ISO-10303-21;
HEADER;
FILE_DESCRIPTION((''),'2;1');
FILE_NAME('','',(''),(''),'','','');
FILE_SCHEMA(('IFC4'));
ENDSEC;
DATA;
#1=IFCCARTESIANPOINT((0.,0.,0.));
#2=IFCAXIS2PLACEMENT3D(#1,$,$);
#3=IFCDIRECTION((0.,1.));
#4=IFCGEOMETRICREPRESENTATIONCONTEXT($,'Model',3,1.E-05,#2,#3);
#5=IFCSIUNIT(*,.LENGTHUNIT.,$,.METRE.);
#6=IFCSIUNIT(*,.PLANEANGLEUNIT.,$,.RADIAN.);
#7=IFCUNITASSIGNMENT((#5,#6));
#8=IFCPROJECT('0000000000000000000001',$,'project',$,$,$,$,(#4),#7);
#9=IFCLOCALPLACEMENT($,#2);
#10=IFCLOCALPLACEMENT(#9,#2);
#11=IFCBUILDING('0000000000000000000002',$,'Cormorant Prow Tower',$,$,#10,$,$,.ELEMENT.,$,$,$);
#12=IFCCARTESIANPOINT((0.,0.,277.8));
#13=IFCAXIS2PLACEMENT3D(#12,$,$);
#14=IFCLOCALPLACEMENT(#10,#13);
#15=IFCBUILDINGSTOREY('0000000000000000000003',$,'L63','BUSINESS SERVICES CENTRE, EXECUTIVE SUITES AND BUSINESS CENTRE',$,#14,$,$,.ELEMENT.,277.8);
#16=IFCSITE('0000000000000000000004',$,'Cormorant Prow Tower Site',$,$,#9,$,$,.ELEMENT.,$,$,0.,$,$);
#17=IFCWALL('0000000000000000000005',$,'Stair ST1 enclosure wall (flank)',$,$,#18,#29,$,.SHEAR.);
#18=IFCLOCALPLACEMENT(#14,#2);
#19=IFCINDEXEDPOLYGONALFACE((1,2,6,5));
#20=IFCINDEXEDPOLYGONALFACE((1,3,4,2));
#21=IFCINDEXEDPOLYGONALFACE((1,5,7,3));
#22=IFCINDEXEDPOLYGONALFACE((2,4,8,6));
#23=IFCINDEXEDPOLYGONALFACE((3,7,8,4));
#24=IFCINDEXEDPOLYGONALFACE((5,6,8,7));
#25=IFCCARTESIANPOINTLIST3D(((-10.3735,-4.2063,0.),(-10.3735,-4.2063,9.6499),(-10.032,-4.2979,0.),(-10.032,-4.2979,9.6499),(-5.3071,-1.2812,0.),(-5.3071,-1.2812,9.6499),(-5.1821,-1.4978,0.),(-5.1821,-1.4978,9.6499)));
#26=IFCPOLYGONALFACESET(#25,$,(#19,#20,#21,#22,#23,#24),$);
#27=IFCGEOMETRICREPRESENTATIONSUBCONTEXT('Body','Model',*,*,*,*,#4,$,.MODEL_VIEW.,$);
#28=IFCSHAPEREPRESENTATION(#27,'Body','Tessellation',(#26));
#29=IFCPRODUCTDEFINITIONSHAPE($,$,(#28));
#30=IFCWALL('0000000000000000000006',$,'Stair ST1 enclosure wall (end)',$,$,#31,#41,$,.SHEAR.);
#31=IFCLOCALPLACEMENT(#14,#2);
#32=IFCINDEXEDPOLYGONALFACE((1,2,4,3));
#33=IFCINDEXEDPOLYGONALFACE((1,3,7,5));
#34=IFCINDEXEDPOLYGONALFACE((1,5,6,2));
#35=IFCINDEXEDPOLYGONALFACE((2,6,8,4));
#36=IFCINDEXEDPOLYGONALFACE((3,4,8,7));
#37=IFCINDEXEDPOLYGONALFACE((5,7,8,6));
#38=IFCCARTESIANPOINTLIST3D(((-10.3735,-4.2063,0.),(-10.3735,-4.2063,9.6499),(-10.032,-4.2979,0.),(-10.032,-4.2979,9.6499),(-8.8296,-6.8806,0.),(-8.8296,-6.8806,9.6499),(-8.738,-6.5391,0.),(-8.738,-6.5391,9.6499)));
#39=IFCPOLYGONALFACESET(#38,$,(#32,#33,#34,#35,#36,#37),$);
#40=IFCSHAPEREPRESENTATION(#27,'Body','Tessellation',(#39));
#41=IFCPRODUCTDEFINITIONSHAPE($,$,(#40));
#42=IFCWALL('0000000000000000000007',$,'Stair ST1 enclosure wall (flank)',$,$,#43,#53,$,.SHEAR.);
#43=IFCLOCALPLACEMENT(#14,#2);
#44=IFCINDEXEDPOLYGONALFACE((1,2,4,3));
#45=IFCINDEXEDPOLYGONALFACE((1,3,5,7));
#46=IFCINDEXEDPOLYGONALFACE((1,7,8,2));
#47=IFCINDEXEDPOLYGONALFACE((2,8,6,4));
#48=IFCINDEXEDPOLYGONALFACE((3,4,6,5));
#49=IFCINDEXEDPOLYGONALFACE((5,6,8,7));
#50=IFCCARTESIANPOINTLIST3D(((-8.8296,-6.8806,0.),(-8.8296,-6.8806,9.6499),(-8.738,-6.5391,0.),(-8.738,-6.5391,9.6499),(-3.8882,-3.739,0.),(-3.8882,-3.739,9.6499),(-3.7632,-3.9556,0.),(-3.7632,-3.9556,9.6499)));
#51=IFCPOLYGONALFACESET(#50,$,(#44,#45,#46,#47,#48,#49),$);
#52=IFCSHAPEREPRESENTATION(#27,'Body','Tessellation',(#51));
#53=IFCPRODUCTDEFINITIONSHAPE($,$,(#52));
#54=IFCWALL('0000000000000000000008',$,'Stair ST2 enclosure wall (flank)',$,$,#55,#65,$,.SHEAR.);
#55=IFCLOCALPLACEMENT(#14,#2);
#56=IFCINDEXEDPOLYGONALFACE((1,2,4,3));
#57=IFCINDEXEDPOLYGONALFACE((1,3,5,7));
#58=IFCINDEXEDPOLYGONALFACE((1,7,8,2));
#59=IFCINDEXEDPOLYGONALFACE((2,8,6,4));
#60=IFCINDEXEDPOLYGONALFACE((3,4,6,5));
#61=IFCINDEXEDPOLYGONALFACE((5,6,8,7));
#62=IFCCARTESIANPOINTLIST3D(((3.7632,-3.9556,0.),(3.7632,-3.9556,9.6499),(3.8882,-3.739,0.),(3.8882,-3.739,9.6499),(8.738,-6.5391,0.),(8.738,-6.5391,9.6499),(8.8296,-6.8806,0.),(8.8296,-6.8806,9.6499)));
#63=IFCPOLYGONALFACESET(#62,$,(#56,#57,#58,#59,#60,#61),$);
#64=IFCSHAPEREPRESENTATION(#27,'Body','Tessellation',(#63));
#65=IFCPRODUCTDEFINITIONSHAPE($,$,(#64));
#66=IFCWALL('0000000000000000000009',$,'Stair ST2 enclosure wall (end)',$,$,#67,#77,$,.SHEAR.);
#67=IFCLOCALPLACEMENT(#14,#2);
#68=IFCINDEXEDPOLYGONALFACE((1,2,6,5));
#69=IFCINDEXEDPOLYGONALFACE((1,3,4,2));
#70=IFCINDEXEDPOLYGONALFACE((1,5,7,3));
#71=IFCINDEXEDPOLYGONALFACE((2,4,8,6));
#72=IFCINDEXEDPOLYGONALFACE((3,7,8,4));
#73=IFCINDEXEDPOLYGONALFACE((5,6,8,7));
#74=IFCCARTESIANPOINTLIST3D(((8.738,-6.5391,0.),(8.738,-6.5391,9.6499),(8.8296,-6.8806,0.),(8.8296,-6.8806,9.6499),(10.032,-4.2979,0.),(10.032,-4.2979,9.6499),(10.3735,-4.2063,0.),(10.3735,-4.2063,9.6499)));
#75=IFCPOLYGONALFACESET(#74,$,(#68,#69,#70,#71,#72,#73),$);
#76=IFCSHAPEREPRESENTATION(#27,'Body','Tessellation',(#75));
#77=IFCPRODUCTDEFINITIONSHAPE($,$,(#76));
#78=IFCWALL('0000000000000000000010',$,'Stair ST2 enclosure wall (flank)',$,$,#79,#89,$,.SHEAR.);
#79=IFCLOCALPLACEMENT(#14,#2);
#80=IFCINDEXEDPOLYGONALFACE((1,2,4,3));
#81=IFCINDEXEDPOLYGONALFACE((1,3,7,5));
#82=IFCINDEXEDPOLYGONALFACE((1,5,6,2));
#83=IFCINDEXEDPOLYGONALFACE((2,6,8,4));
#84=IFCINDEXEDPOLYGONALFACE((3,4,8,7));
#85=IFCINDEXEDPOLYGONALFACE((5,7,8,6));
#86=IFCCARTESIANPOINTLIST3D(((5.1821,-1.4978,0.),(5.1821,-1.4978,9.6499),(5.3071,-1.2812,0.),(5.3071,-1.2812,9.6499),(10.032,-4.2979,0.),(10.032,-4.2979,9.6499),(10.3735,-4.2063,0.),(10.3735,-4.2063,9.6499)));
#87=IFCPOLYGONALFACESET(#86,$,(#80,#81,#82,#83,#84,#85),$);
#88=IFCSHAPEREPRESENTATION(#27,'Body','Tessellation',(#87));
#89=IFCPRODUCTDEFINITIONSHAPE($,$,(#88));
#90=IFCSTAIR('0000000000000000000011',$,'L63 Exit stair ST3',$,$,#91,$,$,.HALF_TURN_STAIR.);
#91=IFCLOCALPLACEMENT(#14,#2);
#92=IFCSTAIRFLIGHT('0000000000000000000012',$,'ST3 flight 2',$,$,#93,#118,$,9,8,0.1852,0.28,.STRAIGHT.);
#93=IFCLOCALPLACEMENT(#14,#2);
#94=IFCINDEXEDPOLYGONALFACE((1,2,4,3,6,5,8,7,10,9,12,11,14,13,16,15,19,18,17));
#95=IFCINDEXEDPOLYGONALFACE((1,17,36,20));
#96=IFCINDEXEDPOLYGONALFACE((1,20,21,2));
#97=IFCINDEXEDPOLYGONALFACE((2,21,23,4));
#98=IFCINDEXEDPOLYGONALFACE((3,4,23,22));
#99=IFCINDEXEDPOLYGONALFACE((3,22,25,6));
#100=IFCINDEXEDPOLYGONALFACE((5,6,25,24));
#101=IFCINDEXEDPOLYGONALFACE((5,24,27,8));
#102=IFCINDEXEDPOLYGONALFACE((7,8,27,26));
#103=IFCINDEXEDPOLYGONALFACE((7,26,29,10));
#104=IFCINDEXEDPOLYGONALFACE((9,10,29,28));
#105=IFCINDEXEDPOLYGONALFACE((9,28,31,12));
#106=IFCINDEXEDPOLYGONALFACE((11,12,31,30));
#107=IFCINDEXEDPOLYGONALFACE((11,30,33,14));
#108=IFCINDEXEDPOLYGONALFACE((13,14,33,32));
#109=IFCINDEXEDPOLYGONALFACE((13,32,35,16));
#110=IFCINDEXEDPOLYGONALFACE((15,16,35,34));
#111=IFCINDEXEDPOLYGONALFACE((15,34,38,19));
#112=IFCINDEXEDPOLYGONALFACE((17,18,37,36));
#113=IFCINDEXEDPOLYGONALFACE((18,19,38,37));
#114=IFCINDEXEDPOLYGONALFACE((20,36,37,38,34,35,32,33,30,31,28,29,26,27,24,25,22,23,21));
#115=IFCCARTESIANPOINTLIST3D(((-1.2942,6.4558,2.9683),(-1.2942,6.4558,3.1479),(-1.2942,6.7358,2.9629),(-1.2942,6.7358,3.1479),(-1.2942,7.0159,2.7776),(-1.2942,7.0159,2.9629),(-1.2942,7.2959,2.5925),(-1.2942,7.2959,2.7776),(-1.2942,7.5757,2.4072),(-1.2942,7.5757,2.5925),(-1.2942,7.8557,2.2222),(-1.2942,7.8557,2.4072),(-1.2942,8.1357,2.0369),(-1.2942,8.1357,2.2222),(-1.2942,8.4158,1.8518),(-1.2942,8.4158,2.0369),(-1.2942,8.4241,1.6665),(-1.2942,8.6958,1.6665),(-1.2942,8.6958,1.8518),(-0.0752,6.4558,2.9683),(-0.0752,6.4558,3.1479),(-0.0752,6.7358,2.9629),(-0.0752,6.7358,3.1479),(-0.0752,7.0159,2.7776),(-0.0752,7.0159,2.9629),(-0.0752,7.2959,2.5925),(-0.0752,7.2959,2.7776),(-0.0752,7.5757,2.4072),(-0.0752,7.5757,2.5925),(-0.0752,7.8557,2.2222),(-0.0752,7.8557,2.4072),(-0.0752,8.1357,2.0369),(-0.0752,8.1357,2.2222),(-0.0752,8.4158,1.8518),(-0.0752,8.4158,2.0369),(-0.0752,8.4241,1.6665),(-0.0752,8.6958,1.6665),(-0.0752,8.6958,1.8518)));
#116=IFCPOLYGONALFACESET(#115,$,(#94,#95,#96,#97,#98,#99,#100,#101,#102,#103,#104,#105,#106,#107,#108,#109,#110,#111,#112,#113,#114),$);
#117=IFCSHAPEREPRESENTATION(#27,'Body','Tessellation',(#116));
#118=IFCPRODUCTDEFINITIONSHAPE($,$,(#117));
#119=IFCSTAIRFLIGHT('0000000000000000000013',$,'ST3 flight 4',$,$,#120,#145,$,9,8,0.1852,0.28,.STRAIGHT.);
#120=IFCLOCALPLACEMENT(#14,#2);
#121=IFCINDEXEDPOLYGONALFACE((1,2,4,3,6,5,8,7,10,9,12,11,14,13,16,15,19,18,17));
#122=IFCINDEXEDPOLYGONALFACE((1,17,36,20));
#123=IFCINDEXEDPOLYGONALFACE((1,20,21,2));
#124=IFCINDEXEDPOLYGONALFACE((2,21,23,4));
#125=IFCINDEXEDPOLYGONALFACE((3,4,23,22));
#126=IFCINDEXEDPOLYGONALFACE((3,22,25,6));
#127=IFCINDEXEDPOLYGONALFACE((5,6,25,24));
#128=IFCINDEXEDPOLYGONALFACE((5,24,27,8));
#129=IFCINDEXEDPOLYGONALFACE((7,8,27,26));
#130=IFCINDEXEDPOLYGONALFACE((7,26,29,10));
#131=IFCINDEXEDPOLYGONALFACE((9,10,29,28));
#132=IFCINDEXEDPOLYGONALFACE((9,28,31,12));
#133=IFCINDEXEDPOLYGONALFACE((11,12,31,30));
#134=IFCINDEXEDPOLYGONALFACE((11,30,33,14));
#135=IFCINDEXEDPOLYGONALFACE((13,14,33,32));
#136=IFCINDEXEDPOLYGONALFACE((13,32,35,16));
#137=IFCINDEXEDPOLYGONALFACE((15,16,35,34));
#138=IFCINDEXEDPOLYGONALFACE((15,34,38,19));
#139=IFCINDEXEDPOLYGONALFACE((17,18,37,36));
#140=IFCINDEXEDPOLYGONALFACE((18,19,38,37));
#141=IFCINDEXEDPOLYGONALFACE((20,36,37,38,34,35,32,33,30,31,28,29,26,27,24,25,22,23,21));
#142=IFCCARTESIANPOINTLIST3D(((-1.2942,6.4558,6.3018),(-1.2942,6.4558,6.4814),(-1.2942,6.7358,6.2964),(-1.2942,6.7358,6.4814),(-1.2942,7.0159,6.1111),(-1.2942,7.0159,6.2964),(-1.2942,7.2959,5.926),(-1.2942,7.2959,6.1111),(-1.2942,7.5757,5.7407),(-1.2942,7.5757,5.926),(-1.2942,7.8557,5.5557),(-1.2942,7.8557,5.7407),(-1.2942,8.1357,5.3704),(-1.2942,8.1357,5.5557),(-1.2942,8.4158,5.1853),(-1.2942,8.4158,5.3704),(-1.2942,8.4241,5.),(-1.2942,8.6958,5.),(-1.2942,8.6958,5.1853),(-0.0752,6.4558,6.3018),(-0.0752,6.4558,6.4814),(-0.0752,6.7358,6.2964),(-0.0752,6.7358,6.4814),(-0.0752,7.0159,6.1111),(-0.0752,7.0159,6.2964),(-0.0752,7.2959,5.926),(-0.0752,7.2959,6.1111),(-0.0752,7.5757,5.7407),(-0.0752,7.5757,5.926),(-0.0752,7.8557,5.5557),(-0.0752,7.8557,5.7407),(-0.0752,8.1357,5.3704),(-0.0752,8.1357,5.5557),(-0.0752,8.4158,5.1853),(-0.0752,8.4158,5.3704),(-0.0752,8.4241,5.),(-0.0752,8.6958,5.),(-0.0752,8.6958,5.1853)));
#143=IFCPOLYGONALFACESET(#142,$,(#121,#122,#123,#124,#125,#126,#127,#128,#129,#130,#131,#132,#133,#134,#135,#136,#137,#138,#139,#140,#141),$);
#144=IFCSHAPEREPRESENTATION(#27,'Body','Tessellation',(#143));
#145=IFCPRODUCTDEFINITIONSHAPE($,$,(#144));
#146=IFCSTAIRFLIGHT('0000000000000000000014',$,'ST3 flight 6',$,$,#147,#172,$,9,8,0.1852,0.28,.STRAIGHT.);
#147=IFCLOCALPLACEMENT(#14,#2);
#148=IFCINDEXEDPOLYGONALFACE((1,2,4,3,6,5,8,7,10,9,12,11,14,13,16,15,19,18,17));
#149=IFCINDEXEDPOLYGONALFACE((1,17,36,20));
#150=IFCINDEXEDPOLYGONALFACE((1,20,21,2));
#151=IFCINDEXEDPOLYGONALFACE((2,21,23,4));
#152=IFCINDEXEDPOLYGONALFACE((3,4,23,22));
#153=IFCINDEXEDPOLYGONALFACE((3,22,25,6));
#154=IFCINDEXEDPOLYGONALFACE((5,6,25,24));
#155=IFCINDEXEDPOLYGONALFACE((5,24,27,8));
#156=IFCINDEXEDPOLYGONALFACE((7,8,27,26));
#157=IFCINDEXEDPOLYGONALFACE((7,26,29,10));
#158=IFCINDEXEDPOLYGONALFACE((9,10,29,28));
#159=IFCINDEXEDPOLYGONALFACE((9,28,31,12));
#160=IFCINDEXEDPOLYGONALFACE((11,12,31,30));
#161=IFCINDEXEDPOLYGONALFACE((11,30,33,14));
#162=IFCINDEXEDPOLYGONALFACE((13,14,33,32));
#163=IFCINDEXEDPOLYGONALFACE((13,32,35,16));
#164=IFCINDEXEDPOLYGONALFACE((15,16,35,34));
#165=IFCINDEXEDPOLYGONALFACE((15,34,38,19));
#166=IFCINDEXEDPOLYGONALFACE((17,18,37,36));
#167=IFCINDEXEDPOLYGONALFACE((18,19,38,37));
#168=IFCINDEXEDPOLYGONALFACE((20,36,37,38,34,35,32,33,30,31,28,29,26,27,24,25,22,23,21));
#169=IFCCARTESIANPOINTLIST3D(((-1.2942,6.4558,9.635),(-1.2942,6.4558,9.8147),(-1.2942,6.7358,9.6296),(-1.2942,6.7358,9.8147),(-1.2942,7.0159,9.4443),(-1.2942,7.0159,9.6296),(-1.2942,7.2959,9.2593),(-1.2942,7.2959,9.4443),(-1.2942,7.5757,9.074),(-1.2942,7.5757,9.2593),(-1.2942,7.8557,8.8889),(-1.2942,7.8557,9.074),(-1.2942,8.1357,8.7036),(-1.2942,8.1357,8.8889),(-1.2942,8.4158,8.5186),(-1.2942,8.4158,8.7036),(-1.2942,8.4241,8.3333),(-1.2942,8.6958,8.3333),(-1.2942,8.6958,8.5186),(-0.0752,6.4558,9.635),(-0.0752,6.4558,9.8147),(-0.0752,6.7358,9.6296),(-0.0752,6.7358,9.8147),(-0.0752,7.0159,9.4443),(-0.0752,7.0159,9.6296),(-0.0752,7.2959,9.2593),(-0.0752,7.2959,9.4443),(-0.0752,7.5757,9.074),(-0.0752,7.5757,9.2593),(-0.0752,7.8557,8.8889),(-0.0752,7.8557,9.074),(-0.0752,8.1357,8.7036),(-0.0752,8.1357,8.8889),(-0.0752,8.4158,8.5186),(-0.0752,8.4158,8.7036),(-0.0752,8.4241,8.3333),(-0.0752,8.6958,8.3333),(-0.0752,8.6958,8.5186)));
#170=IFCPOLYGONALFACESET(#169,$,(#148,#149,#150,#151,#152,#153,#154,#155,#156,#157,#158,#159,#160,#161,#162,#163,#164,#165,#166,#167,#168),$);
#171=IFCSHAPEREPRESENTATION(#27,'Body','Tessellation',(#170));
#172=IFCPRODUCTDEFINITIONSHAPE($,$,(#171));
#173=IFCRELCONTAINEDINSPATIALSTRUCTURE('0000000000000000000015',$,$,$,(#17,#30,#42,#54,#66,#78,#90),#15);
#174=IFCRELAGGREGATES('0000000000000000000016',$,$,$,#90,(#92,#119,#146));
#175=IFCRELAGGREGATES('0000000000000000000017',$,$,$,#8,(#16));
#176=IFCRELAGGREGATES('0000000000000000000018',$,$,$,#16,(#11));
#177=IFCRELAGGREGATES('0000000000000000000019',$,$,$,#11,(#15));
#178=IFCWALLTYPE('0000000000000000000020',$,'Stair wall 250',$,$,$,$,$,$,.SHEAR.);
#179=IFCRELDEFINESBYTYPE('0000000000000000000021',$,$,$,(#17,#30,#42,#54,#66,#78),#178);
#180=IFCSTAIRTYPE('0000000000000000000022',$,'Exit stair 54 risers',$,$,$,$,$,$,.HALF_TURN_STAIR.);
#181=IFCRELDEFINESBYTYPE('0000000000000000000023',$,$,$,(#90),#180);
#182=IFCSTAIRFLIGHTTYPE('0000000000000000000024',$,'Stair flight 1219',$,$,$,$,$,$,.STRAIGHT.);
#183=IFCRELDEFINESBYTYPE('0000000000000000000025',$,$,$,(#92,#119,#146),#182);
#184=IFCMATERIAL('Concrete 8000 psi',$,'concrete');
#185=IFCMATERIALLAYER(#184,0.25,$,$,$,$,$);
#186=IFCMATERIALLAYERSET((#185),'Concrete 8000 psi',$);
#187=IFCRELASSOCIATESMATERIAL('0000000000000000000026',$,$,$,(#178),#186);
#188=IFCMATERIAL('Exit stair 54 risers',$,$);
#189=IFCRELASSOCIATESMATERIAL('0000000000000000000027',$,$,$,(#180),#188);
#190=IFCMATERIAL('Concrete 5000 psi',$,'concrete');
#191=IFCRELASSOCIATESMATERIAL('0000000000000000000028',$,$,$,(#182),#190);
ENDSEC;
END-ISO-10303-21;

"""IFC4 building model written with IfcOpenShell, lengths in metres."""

from ifc_helpers import new_model, si_unit, direction, frame, origin, place, context, subcontext, project, spatial, polyline, outline, extrude, material, layer, layer_set, type_object, element, aggregate, save


model = new_model("IFC4")

# Units and contexts
model_context = context("Model", 3, precision=1e-05, world=origin(), true_north=direction((0.0, 1.0)))
body_context = subcontext(model_context, "Body", "Model", "MODEL_VIEW")
ifc_project = project(units=[si_unit("LENGTHUNIT", "METRE"), si_unit("PLANEANGLEUNIT", "RADIAN")], contexts=[model_context])

# Site, building, storey
site_placement = place(None, origin())
site = spatial("IfcSite", under=ifc_project, at=site_placement, Name="Cormorant Prow Tower Site", CompositionType="ELEMENT", RefElevation=0.0)
building_placement = place(site_placement, origin())
building = spatial("IfcBuilding", under=site, at=building_placement, Name="Cormorant Prow Tower", CompositionType="ELEMENT")
storey_placement = place(building_placement, frame((0.0, 0.0, 277.8)))
storey = spatial("IfcBuildingStorey", under=building, at=storey_placement, Name="L63", Description="BUSINESS SERVICES CENTRE, EXECUTIVE SUITES AND BUSINESS CENTRE", CompositionType="ELEMENT", Elevation=277.8)

# Walls
ifc_material_1 = material(Name="Concrete 8000 psi", Category="concrete")
ifc_layer_1 = layer(ifc_material_1, 0.25)
ifc_layer_set_1 = layer_set([ifc_layer_1], Name="Concrete 8000 psi")
wall_type_1 = type_object("IfcWallType", Name="Stair wall 250", PredefinedType="SHEAR", material=ifc_layer_set_1)
wall_1_placement = place(storey_placement, origin())
element("IfcWall", 1, at=wall_1_placement, inside=storey, type_object=wall_type_1, Name="Stair ST1 enclosure wall (flank)", PredefinedType="SHEAR", context=body_context, shape_type="SweptSolid", body=[
    extrude(outline(polyline([(-5.3071, -1.2812), (-10.3735, -4.2063), (-10.032, -4.2979), (-5.1821, -1.4978), (-5.3071, -1.2812)])), origin(), (0.0, 0.0, 1.0), 9.6499),
])
wall_2_placement = place(storey_placement, origin())
element("IfcWall", 2, at=wall_2_placement, inside=storey, type_object=wall_type_1, Name="Stair ST1 enclosure wall (end)", PredefinedType="SHEAR", context=body_context, shape_type="SweptSolid", body=[
    extrude(outline(polyline([(-10.3735, -4.2063), (-8.8296, -6.8806), (-8.738, -6.5391), (-10.032, -4.2979), (-10.3735, -4.2063)])), origin(), (0.0, 0.0, 1.0), 9.6499),
])
wall_3_placement = place(storey_placement, origin())
element("IfcWall", 3, at=wall_3_placement, inside=storey, type_object=wall_type_1, Name="Stair ST1 enclosure wall (flank)", PredefinedType="SHEAR", context=body_context, shape_type="SweptSolid", body=[
    extrude(outline(polyline([(-8.738, -6.5391), (-8.8296, -6.8806), (-3.7632, -3.9556), (-3.8882, -3.739), (-8.738, -6.5391)])), origin(), (0.0, 0.0, 1.0), 9.6499),
])
wall_4_placement = place(storey_placement, origin())
element("IfcWall", 4, at=wall_4_placement, inside=storey, type_object=wall_type_1, Name="Stair ST2 enclosure wall (flank)", PredefinedType="SHEAR", context=body_context, shape_type="SweptSolid", body=[
    extrude(outline(polyline([(3.7632, -3.9556), (8.8296, -6.8806), (8.738, -6.5391), (3.8882, -3.739), (3.7632, -3.9556)])), origin(), (0.0, 0.0, 1.0), 9.6499),
])
wall_5_placement = place(storey_placement, origin())
element("IfcWall", 5, at=wall_5_placement, inside=storey, type_object=wall_type_1, Name="Stair ST2 enclosure wall (end)", PredefinedType="SHEAR", context=body_context, shape_type="SweptSolid", body=[
    extrude(outline(polyline([(8.8296, -6.8806), (10.3735, -4.2063), (10.032, -4.2979), (8.738, -6.5391), (8.8296, -6.8806)])), origin(), (0.0, 0.0, 1.0), 9.6499),
])
wall_6_placement = place(storey_placement, origin())
element("IfcWall", 6, at=wall_6_placement, inside=storey, type_object=wall_type_1, Name="Stair ST2 enclosure wall (flank)", PredefinedType="SHEAR", context=body_context, shape_type="SweptSolid", body=[
    extrude(outline(polyline([(10.032, -4.2979), (10.3735, -4.2063), (5.3071, -1.2812), (5.1821, -1.4978), (10.032, -4.2979)])), origin(), (0.0, 0.0, 1.0), 9.6499),
])

# Stair, stair flights
ifc_material_2 = material(Name="Exit stair 54 risers")
stair_type = type_object("IfcStairType", Name="Exit stair 54 risers", PredefinedType="HALF_TURN_STAIR", material=ifc_material_2)
stair_placement = place(storey_placement, origin())
stair = element("IfcStair", 7, at=stair_placement, inside=storey, type_object=stair_type, Name="L63 Exit stair ST3", PredefinedType="HALF_TURN_STAIR")
ifc_material_3 = material(Name="Concrete 5000 psi", Category="concrete")
stair_flight_type = type_object("IfcStairFlightType", Name="Stair flight 1219", PredefinedType="STRAIGHT", material=ifc_material_3)
stair_flight_1_placement = place(storey_placement, frame((-0.6846, 8.6958, 1.6665), z_axis=(0.0, 0.0, 1.0), x_axis=(0.0, -1.0, 0.0)))
stair_flight_1 = element("IfcStairFlight", 8, at=stair_flight_1_placement, type_object=stair_flight_type, Name="ST3 flight 2", NumberOfRisers=9, NumberOfTreads=8, PredefinedType="STRAIGHT", RiserHeight=0.1852, TreadLength=0.28, context=body_context, shape_type="SweptSolid", body=[
    extrude(outline(polyline([(0.0, 0.0), (0.0, 0.1853), (0.28, 0.1853), (0.28, 0.3704), (0.5601, 0.3704), (0.5601, 0.5557), (0.8401, 0.5557), (0.8401, 0.7407), (1.1201, 0.7407), (1.1201, 0.926), (1.3999, 0.926), (1.3999, 1.1111), (1.6799, 1.1111), (1.6799, 1.2964), (1.96, 1.2964), (1.96, 1.4814), (2.24, 1.4814), (2.24, 1.6667), (2.24, 1.3018), (0.2717, 0.0), (0.0, 0.0)])), frame((0.0, 0.6094, 0.0), z_axis=(0.0, -1.0, 0.0), x_axis=(1.0, 0.0, 0.0)), (0.0, 0.0, 1.0), 1.219),
])
stair_flight_2_placement = place(storey_placement, frame((-0.6846, 8.6958, 5.0), z_axis=(0.0, 0.0, 1.0), x_axis=(0.0, -1.0, 0.0)))
stair_flight_2 = element("IfcStairFlight", 9, at=stair_flight_2_placement, type_object=stair_flight_type, Name="ST3 flight 4", NumberOfRisers=9, NumberOfTreads=8, PredefinedType="STRAIGHT", RiserHeight=0.1852, TreadLength=0.28, context=body_context, shape_type="SweptSolid", body=[
    extrude(outline(polyline([(0.0, 0.0), (0.0, 0.1853), (0.28, 0.1853), (0.28, 0.3704), (0.5601, 0.3704), (0.5601, 0.5557), (0.8401, 0.5557), (0.8401, 0.7407), (1.1201, 0.7407), (1.1201, 0.926), (1.3999, 0.926), (1.3999, 1.1111), (1.6799, 1.1111), (1.6799, 1.2964), (1.96, 1.2964), (1.96, 1.4814), (2.24, 1.4814), (2.24, 1.6667), (2.24, 1.3018), (0.2717, 0.0), (0.0, 0.0)])), frame((0.0, 0.6094, 0.0), z_axis=(0.0, -1.0, 0.0), x_axis=(1.0, 0.0, 0.0)), (0.0, 0.0, 1.0), 1.219),
])
stair_flight_3_placement = place(storey_placement, frame((-0.6846, 8.6958, 8.3333), z_axis=(0.0, 0.0, 1.0), x_axis=(0.0, -1.0, 0.0)))
stair_flight_3 = element("IfcStairFlight", 10, at=stair_flight_3_placement, type_object=stair_flight_type, Name="ST3 flight 6", NumberOfRisers=9, NumberOfTreads=8, PredefinedType="STRAIGHT", RiserHeight=0.1852, TreadLength=0.28, context=body_context, shape_type="SweptSolid", body=[
    extrude(outline(polyline([(0.0, 0.0), (0.0, 0.1853), (0.28, 0.1853), (0.28, 0.3704), (0.5601, 0.3704), (0.5601, 0.5557), (0.8401, 0.5557), (0.8401, 0.7407), (1.1201, 0.7407), (1.1201, 0.926), (1.3999, 0.926), (1.3999, 1.1111), (1.6799, 1.1111), (1.6799, 1.2964), (1.96, 1.2964), (1.96, 1.4814), (2.24, 1.4814), (2.24, 1.6667), (2.24, 1.3018), (0.2717, 0.0), (0.0, 0.0)])), frame((0.0, 0.6094, 0.0), z_axis=(0.0, -1.0, 0.0), x_axis=(1.0, 0.0, 0.0)), (0.0, 0.0, 1.0), 1.219),
])
aggregate(stair, [stair_flight_1, stair_flight_2, stair_flight_3])

save(model, "model.ifc")
